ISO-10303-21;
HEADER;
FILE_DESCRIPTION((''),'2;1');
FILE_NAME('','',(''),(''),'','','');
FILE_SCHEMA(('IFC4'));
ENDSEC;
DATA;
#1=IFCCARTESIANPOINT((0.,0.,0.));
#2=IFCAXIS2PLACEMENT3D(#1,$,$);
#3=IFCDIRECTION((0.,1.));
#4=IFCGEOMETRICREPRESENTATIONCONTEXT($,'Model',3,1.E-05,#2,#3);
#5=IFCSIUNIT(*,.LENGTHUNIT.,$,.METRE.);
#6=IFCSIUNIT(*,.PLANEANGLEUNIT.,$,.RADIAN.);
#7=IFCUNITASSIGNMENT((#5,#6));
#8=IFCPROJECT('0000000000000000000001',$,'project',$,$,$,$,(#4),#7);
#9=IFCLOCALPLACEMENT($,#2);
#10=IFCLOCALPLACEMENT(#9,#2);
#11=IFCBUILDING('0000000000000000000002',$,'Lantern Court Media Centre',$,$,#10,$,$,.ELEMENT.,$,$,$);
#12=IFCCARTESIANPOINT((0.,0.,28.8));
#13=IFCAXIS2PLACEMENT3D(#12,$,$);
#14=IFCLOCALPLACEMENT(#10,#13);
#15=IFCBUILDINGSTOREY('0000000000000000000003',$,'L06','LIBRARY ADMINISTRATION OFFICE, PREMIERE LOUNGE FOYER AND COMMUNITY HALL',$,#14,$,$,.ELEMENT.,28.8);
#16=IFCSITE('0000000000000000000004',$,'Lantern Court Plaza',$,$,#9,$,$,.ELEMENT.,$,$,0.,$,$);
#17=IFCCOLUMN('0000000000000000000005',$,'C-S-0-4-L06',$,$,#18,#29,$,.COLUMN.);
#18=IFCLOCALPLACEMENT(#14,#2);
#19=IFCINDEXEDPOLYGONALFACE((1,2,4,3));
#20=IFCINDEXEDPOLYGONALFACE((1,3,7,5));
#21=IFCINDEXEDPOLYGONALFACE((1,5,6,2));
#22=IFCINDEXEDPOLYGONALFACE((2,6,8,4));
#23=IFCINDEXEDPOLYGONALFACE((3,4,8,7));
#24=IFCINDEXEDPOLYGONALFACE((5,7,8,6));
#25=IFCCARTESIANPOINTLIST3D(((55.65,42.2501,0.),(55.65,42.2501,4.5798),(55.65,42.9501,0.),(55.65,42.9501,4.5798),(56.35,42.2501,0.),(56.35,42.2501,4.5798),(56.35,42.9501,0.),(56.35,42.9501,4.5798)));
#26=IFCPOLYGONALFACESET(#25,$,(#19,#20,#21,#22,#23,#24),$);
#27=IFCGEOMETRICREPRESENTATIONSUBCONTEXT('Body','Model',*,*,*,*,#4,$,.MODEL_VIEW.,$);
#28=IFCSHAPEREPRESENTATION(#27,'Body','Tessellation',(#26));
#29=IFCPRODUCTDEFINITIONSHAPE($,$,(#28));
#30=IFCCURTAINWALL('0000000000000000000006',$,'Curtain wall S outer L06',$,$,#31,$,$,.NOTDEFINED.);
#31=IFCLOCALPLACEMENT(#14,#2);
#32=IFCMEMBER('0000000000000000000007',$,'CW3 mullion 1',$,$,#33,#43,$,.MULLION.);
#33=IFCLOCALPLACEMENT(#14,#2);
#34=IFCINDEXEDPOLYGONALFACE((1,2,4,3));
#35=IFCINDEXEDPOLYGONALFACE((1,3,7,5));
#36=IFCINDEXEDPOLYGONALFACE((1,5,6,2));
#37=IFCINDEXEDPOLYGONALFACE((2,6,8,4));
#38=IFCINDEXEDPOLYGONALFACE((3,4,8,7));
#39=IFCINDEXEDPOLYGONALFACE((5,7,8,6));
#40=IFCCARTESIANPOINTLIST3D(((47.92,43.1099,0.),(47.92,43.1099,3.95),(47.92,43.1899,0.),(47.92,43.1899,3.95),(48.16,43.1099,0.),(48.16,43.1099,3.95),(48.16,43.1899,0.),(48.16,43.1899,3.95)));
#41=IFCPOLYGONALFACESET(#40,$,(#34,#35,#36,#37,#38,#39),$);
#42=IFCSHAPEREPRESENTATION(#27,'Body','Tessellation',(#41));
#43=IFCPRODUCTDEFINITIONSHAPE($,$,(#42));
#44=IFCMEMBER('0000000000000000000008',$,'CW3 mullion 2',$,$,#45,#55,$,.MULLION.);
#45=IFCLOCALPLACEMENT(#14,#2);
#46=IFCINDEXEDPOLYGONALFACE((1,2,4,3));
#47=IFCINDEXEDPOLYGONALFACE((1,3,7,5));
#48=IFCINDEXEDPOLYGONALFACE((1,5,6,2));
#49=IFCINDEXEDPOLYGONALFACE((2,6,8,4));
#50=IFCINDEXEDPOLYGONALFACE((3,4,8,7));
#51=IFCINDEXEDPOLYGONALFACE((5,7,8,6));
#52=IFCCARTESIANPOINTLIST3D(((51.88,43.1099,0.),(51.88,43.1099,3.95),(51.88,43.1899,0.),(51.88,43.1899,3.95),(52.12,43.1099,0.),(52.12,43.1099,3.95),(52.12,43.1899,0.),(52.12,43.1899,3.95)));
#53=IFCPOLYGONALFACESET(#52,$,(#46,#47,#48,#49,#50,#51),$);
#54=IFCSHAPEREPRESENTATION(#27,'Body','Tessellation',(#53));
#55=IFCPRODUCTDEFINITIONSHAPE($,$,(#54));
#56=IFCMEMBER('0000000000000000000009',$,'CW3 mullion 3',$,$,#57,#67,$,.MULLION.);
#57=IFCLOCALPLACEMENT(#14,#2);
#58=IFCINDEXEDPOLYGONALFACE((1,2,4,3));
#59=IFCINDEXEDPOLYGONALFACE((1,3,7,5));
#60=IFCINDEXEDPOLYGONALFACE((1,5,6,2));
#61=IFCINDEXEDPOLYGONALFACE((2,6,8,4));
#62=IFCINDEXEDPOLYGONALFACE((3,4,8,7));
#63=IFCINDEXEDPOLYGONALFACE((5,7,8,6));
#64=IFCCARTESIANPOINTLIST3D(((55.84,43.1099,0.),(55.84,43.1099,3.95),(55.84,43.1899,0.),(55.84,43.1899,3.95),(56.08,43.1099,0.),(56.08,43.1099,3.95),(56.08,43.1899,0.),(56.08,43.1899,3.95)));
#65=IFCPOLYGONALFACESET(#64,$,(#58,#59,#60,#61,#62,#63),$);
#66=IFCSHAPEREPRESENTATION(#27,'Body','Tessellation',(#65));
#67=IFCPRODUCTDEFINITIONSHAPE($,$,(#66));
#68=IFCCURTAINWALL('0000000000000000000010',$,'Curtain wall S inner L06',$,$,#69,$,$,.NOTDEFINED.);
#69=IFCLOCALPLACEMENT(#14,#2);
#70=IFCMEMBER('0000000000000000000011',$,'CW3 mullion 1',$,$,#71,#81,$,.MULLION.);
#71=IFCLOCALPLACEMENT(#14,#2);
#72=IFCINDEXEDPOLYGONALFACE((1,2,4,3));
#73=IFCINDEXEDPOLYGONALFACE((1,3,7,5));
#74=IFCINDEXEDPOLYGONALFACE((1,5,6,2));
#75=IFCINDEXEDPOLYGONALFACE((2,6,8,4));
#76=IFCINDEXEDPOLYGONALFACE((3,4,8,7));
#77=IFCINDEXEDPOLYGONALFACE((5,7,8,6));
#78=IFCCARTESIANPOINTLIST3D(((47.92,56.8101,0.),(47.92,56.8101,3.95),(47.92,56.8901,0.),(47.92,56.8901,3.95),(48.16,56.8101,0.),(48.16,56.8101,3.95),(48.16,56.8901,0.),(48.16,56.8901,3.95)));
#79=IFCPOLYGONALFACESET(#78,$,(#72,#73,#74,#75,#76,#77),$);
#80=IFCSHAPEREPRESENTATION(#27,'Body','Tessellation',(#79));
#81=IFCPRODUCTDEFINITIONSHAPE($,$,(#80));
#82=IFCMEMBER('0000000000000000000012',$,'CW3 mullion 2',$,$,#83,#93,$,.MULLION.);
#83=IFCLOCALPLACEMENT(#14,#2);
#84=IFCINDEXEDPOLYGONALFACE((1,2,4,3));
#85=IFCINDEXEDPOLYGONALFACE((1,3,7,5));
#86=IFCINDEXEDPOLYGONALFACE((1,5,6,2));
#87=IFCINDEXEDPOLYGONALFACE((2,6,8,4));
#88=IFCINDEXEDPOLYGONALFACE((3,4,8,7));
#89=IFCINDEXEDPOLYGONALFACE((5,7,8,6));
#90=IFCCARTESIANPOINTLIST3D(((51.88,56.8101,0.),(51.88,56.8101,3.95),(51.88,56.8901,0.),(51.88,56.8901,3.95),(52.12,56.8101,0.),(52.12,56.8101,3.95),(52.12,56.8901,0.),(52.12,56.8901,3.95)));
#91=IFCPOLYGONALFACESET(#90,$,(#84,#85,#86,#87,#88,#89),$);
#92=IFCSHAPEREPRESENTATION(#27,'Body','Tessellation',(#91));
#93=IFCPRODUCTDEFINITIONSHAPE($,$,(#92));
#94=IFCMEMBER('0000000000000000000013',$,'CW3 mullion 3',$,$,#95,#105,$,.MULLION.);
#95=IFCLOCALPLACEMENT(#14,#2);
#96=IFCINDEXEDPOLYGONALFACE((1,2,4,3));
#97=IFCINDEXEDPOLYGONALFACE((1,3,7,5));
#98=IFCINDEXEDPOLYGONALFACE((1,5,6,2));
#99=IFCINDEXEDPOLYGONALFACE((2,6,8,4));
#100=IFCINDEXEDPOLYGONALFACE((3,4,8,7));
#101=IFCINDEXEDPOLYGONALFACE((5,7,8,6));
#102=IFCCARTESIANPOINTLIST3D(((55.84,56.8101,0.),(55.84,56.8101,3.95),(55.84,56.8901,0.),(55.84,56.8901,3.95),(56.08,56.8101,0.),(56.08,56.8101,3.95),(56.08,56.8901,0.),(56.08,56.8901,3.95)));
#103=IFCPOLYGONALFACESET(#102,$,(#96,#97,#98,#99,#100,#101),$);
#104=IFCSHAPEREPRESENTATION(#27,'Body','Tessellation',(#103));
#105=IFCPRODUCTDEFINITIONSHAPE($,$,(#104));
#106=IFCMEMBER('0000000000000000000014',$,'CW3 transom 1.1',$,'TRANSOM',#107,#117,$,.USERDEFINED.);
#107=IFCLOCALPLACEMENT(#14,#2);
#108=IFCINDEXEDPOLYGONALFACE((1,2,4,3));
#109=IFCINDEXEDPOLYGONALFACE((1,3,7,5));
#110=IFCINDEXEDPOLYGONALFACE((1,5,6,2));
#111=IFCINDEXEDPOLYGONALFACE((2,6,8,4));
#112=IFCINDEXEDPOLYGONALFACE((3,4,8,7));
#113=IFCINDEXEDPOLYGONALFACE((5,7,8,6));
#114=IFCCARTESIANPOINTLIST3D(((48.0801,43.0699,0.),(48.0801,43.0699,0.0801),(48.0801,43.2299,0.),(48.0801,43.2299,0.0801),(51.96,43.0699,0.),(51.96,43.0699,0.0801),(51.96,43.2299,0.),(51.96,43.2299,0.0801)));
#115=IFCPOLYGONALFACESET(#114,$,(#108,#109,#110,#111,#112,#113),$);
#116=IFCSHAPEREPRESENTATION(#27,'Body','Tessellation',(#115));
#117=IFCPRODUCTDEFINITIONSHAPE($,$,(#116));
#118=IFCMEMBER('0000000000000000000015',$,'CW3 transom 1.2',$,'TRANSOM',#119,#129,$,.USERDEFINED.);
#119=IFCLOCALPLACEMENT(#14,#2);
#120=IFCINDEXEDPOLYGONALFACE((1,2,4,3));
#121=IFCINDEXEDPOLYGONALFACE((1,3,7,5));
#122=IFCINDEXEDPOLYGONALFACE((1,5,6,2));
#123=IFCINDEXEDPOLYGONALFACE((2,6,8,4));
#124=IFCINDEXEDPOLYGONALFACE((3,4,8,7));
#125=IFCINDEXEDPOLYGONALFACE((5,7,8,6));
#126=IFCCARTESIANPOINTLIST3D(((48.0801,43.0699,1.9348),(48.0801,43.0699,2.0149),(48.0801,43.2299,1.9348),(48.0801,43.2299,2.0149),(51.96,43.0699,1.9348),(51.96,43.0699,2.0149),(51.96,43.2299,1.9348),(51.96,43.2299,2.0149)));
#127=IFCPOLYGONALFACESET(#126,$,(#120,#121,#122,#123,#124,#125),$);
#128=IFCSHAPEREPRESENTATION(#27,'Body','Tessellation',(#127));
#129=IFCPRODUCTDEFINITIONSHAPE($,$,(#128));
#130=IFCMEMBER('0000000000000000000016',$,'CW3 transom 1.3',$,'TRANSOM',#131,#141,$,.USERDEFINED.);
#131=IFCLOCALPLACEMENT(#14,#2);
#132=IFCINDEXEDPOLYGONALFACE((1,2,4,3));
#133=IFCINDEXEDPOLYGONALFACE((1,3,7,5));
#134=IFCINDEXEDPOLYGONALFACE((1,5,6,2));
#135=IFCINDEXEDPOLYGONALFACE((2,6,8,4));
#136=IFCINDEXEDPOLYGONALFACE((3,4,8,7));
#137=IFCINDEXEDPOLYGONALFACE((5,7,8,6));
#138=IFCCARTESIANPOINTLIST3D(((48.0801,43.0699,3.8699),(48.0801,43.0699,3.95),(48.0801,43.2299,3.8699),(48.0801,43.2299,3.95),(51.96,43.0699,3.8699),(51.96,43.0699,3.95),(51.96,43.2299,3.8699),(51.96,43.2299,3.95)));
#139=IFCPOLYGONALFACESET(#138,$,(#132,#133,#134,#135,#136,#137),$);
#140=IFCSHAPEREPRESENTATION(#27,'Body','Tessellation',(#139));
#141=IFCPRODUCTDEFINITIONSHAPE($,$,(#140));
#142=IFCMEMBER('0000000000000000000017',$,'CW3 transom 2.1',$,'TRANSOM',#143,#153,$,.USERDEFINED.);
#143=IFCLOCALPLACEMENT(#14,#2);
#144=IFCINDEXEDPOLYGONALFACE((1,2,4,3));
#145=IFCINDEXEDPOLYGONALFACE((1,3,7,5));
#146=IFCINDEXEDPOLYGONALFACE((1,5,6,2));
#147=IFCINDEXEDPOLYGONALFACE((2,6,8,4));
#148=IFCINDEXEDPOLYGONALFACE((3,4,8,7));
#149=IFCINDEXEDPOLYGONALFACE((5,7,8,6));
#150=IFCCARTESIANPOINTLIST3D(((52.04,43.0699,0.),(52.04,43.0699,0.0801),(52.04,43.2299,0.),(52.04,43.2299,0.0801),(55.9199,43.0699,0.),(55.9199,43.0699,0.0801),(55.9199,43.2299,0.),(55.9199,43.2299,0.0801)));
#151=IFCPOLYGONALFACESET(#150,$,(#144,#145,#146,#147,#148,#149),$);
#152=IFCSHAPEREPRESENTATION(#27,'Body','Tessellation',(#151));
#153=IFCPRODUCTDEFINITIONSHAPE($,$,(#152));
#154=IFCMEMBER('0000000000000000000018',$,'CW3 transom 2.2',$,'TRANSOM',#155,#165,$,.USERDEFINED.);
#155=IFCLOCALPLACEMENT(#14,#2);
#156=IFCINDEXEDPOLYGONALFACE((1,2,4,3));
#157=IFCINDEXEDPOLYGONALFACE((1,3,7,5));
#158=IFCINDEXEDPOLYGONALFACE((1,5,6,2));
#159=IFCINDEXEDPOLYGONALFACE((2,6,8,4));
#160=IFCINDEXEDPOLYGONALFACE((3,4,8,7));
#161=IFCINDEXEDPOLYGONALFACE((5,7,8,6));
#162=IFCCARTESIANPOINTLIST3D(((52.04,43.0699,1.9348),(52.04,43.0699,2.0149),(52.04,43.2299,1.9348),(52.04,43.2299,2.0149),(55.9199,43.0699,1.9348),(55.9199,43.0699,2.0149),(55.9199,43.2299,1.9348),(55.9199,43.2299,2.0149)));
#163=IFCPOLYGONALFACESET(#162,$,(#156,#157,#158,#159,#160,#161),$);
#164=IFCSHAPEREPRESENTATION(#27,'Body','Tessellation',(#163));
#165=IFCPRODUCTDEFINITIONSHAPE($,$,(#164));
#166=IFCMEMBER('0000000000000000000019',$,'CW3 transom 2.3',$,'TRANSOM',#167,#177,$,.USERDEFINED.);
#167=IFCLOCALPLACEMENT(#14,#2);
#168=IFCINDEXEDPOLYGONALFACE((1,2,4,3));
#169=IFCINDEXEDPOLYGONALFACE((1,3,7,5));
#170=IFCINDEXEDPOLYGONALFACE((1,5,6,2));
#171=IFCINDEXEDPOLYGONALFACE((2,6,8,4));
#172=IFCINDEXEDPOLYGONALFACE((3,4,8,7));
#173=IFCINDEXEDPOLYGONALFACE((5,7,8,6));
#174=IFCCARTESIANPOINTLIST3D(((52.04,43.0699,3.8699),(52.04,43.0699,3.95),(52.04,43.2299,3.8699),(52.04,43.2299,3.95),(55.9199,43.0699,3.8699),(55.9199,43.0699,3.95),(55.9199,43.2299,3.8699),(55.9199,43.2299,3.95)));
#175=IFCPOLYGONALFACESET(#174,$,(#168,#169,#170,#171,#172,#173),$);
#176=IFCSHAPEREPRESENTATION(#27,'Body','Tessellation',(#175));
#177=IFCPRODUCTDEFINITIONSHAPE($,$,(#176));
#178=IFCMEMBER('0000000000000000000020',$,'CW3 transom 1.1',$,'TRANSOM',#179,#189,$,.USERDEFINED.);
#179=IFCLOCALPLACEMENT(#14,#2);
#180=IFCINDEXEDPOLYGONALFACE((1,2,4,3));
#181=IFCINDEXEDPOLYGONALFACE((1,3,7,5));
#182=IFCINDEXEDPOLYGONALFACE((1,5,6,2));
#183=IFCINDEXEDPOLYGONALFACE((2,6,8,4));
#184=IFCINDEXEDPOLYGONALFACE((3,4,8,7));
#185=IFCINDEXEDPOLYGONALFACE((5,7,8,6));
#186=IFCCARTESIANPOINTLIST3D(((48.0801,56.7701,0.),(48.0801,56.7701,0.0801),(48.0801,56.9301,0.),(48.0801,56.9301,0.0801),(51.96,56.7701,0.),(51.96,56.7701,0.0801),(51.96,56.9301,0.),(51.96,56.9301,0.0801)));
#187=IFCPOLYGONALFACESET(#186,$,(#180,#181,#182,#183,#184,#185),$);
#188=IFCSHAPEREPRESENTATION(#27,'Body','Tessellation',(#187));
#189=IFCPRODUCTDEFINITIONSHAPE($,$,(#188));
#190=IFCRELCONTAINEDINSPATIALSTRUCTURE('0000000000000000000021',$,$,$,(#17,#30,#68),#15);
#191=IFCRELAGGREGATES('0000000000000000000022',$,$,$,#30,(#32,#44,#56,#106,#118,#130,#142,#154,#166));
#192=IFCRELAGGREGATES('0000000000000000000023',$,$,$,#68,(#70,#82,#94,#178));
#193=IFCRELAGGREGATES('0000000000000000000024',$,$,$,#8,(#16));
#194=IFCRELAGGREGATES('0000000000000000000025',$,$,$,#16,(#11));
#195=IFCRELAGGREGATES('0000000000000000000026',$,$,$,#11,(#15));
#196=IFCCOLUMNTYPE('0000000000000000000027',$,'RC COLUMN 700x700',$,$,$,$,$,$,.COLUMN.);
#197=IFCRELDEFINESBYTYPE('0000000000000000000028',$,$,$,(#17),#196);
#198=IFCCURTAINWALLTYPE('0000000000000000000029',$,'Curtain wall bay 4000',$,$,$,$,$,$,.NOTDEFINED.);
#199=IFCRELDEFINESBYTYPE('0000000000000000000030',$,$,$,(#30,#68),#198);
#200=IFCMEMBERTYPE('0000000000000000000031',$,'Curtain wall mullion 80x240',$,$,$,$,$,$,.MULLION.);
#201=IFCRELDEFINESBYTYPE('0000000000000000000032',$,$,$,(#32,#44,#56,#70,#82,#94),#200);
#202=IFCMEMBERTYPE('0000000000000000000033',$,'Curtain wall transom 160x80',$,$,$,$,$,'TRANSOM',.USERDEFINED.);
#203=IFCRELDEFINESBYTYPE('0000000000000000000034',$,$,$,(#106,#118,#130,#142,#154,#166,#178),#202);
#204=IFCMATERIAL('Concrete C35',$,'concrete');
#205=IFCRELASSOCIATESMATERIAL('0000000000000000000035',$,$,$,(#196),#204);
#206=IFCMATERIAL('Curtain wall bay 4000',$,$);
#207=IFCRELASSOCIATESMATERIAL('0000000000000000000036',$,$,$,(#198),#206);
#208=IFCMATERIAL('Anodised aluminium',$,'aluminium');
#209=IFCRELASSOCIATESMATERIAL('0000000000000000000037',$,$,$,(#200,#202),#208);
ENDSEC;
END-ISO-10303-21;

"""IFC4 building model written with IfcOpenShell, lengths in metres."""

from ifc_helpers import new_model, si_unit, direction, frame, origin, origin_2d, place, context, subcontext, project, spatial, rectangle, extrude, material, material_profile, profile_set, type_object, element, aggregate, save


model = new_model("IFC4")

# Units and contexts
model_context = context("Model", 3, precision=1e-05, world=origin(), true_north=direction((0.0, 1.0)))
body_context = subcontext(model_context, "Body", "Model", "MODEL_VIEW")
ifc_project = project(units=[si_unit("LENGTHUNIT", "METRE"), si_unit("PLANEANGLEUNIT", "RADIAN")], contexts=[model_context])

# Site, building, storey
site_placement = place(None, origin())
site = spatial("IfcSite", under=ifc_project, at=site_placement, Name="Lantern Court Plaza", CompositionType="ELEMENT", RefElevation=0.0)
building_placement = place(site_placement, origin())
building = spatial("IfcBuilding", under=site, at=building_placement, Name="Lantern Court Media Centre", CompositionType="ELEMENT")
storey_placement = place(building_placement, frame((0.0, 0.0, 28.8)))
storey = spatial("IfcBuildingStorey", under=building, at=storey_placement, Name="L06", Description="LIBRARY ADMINISTRATION OFFICE, PREMIERE LOUNGE FOYER AND COMMUNITY HALL", CompositionType="ELEMENT", Elevation=28.8)

# Column
ifc_material_1 = material(Name="Concrete C35", Category="concrete")
ifc_material_profile_1 = material_profile(ifc_material_1, rectangle(XDim=0.7, YDim=0.7, at=origin_2d()), Name="RC 700x700")
ifc_profile_set_1 = profile_set([ifc_material_profile_1], Name="Concrete C35")
column_type = type_object("IfcColumnType", Name="RC COLUMN 700x700", PredefinedType="COLUMN", material=ifc_profile_set_1)
column_placement = place(storey_placement, frame((56.0, 42.6001, 0.0), z_axis=(0.0, 0.0, 1.0), x_axis=(1.0, 0.0, 0.0)))
element("IfcColumn", 1, at=column_placement, inside=storey, type_object=column_type, Name="C-S-0-4-L06", PredefinedType="COLUMN", context=body_context, shape_type="SweptSolid", body=[
    extrude(rectangle(XDim=0.7, YDim=0.7, at=origin_2d()), origin(), (0.0, 0.0, 1.0), 4.5798),
])

# Curtain walls, members
ifc_material_2 = material(Name="Curtain wall bay 4000")
curtain_wall_type = type_object("IfcCurtainWallType", Name="Curtain wall bay 4000", PredefinedType="NOTDEFINED", material=ifc_material_2)
curtain_wall_1_placement = place(storey_placement, origin())
curtain_wall_1 = element("IfcCurtainWall", 2, at=curtain_wall_1_placement, inside=storey, type_object=curtain_wall_type, Name="Curtain wall S outer L06", PredefinedType="NOTDEFINED")
ifc_material_3 = material(Name="Anodised aluminium", Category="aluminium")
ifc_material_profile_2 = material_profile(ifc_material_3, rectangle(XDim=0.0801, YDim=0.24, at=origin_2d()), Name="AL 80x240")
ifc_profile_set_2 = profile_set([ifc_material_profile_2], Name="Anodised aluminium")
member_type_1 = type_object("IfcMemberType", Name="Curtain wall mullion 80x240", PredefinedType="MULLION", material=ifc_profile_set_2)
member_1_placement = place(storey_placement, frame((48.04, 43.1499, 0.0), z_axis=(0.0, 0.0, 1.0), x_axis=(0.0, 1.0, 0.0)))
member_1 = element("IfcMember", 3, at=member_1_placement, type_object=member_type_1, Name="CW3 mullion 1", PredefinedType="MULLION", context=body_context, shape_type="SweptSolid", body=[
    extrude(rectangle(XDim=0.0801, YDim=0.24, at=origin_2d()), origin(), (0.0, 0.0, 1.0), 3.95),
])
member_2_placement = place(storey_placement, frame((52.0, 43.1499, 0.0), z_axis=(0.0, 0.0, 1.0), x_axis=(0.0, 1.0, 0.0)))
member_2 = element("IfcMember", 4, at=member_2_placement, type_object=member_type_1, Name="CW3 mullion 2", PredefinedType="MULLION", context=body_context, shape_type="SweptSolid", body=[
    extrude(rectangle(XDim=0.0801, YDim=0.24, at=origin_2d()), origin(), (0.0, 0.0, 1.0), 3.95),
])
member_3_placement = place(storey_placement, frame((55.96, 43.1499, 0.0), z_axis=(0.0, 0.0, 1.0), x_axis=(0.0, 1.0, 0.0)))
member_3 = element("IfcMember", 5, at=member_3_placement, type_object=member_type_1, Name="CW3 mullion 3", PredefinedType="MULLION", context=body_context, shape_type="SweptSolid", body=[
    extrude(rectangle(XDim=0.0801, YDim=0.24, at=origin_2d()), origin(), (0.0, 0.0, 1.0), 3.95),
])
curtain_wall_2_placement = place(storey_placement, origin())
curtain_wall_2 = element("IfcCurtainWall", 6, at=curtain_wall_2_placement, inside=storey, type_object=curtain_wall_type, Name="Curtain wall S inner L06", PredefinedType="NOTDEFINED")
member_4_placement = place(storey_placement, frame((48.04, 56.8501, 0.0), z_axis=(0.0, 0.0, 1.0), x_axis=(0.0, 1.0, 0.0)))
member_4 = element("IfcMember", 7, at=member_4_placement, type_object=member_type_1, Name="CW3 mullion 1", PredefinedType="MULLION", context=body_context, shape_type="SweptSolid", body=[
    extrude(rectangle(XDim=0.0801, YDim=0.24, at=origin_2d()), origin(), (0.0, 0.0, 1.0), 3.95),
])
member_5_placement = place(storey_placement, frame((52.0, 56.8501, 0.0), z_axis=(0.0, 0.0, 1.0), x_axis=(0.0, 1.0, 0.0)))
member_5 = element("IfcMember", 8, at=member_5_placement, type_object=member_type_1, Name="CW3 mullion 2", PredefinedType="MULLION", context=body_context, shape_type="SweptSolid", body=[
    extrude(rectangle(XDim=0.0801, YDim=0.24, at=origin_2d()), origin(), (0.0, 0.0, 1.0), 3.95),
])
member_6_placement = place(storey_placement, frame((55.96, 56.8501, 0.0), z_axis=(0.0, 0.0, 1.0), x_axis=(0.0, 1.0, 0.0)))
member_6 = element("IfcMember", 9, at=member_6_placement, type_object=member_type_1, Name="CW3 mullion 3", PredefinedType="MULLION", context=body_context, shape_type="SweptSolid", body=[
    extrude(rectangle(XDim=0.0801, YDim=0.24, at=origin_2d()), origin(), (0.0, 0.0, 1.0), 3.95),
])

# Members
ifc_material_profile_3 = material_profile(ifc_material_3, rectangle(XDim=0.1599, YDim=0.0801, at=origin_2d()), Name="AL 80x160")
ifc_profile_set_3 = profile_set([ifc_material_profile_3], Name="Anodised aluminium")
member_type_2 = type_object("IfcMemberType", Name="Curtain wall transom 160x80", ElementType="TRANSOM", PredefinedType="USERDEFINED", material=ifc_profile_set_3)
member_7_placement = place(storey_placement, frame((48.0801, 43.1499, 0.04), z_axis=(1.0, 0.0, 0.0), x_axis=(0.0, 1.0, 0.0)))
member_7 = element("IfcMember", 10, at=member_7_placement, type_object=member_type_2, Name="CW3 transom 1.1", ObjectType="TRANSOM", PredefinedType="USERDEFINED", context=body_context, shape_type="SweptSolid", body=[
    extrude(rectangle(XDim=0.1599, YDim=0.0801, at=origin_2d()), origin(), (0.0, 0.0, 1.0), 3.8799),
])
member_8_placement = place(storey_placement, frame((48.0801, 43.1499, 1.9749), z_axis=(1.0, 0.0, 0.0), x_axis=(0.0, 1.0, 0.0)))
member_8 = element("IfcMember", 11, at=member_8_placement, type_object=member_type_2, Name="CW3 transom 1.2", ObjectType="TRANSOM", PredefinedType="USERDEFINED", context=body_context, shape_type="SweptSolid", body=[
    extrude(rectangle(XDim=0.1599, YDim=0.0801, at=origin_2d()), origin(), (0.0, 0.0, 1.0), 3.8799),
])
member_9_placement = place(storey_placement, frame((48.0801, 43.1499, 3.9099), z_axis=(1.0, 0.0, 0.0), x_axis=(0.0, 1.0, 0.0)))
member_9 = element("IfcMember", 12, at=member_9_placement, type_object=member_type_2, Name="CW3 transom 1.3", ObjectType="TRANSOM", PredefinedType="USERDEFINED", context=body_context, shape_type="SweptSolid", body=[
    extrude(rectangle(XDim=0.1599, YDim=0.0801, at=origin_2d()), origin(), (0.0, 0.0, 1.0), 3.8799),
])
member_10_placement = place(storey_placement, frame((52.04, 43.1499, 0.04), z_axis=(1.0, 0.0, 0.0), x_axis=(0.0, 1.0, 0.0)))
member_10 = element("IfcMember", 13, at=member_10_placement, type_object=member_type_2, Name="CW3 transom 2.1", ObjectType="TRANSOM", PredefinedType="USERDEFINED", context=body_context, shape_type="SweptSolid", body=[
    extrude(rectangle(XDim=0.1599, YDim=0.0801, at=origin_2d()), origin(), (0.0, 0.0, 1.0), 3.8799),
])
member_11_placement = place(storey_placement, frame((52.04, 43.1499, 1.9749), z_axis=(1.0, 0.0, 0.0), x_axis=(0.0, 1.0, 0.0)))
member_11 = element("IfcMember", 14, at=member_11_placement, type_object=member_type_2, Name="CW3 transom 2.2", ObjectType="TRANSOM", PredefinedType="USERDEFINED", context=body_context, shape_type="SweptSolid", body=[
    extrude(rectangle(XDim=0.1599, YDim=0.0801, at=origin_2d()), origin(), (0.0, 0.0, 1.0), 3.8799),
])
member_12_placement = place(storey_placement, frame((52.04, 43.1499, 3.9099), z_axis=(1.0, 0.0, 0.0), x_axis=(0.0, 1.0, 0.0)))
member_12 = element("IfcMember", 15, at=member_12_placement, type_object=member_type_2, Name="CW3 transom 2.3", ObjectType="TRANSOM", PredefinedType="USERDEFINED", context=body_context, shape_type="SweptSolid", body=[
    extrude(rectangle(XDim=0.1599, YDim=0.0801, at=origin_2d()), origin(), (0.0, 0.0, 1.0), 3.8799),
])
member_13_placement = place(storey_placement, frame((48.0801, 56.8501, 0.04), z_axis=(1.0, 0.0, 0.0), x_axis=(0.0, 1.0, 0.0)))
member_13 = element("IfcMember", 16, at=member_13_placement, type_object=member_type_2, Name="CW3 transom 1.1", ObjectType="TRANSOM", PredefinedType="USERDEFINED", context=body_context, shape_type="SweptSolid", body=[
    extrude(rectangle(XDim=0.1599, YDim=0.0801, at=origin_2d()), origin(), (0.0, 0.0, 1.0), 3.8799),
])

aggregate(curtain_wall_1, [member_1, member_2, member_3, member_7, member_8, member_9, member_10, member_11, member_12])
aggregate(curtain_wall_2, [member_4, member_5, member_6, member_13])

save(model, "model.ifc")
